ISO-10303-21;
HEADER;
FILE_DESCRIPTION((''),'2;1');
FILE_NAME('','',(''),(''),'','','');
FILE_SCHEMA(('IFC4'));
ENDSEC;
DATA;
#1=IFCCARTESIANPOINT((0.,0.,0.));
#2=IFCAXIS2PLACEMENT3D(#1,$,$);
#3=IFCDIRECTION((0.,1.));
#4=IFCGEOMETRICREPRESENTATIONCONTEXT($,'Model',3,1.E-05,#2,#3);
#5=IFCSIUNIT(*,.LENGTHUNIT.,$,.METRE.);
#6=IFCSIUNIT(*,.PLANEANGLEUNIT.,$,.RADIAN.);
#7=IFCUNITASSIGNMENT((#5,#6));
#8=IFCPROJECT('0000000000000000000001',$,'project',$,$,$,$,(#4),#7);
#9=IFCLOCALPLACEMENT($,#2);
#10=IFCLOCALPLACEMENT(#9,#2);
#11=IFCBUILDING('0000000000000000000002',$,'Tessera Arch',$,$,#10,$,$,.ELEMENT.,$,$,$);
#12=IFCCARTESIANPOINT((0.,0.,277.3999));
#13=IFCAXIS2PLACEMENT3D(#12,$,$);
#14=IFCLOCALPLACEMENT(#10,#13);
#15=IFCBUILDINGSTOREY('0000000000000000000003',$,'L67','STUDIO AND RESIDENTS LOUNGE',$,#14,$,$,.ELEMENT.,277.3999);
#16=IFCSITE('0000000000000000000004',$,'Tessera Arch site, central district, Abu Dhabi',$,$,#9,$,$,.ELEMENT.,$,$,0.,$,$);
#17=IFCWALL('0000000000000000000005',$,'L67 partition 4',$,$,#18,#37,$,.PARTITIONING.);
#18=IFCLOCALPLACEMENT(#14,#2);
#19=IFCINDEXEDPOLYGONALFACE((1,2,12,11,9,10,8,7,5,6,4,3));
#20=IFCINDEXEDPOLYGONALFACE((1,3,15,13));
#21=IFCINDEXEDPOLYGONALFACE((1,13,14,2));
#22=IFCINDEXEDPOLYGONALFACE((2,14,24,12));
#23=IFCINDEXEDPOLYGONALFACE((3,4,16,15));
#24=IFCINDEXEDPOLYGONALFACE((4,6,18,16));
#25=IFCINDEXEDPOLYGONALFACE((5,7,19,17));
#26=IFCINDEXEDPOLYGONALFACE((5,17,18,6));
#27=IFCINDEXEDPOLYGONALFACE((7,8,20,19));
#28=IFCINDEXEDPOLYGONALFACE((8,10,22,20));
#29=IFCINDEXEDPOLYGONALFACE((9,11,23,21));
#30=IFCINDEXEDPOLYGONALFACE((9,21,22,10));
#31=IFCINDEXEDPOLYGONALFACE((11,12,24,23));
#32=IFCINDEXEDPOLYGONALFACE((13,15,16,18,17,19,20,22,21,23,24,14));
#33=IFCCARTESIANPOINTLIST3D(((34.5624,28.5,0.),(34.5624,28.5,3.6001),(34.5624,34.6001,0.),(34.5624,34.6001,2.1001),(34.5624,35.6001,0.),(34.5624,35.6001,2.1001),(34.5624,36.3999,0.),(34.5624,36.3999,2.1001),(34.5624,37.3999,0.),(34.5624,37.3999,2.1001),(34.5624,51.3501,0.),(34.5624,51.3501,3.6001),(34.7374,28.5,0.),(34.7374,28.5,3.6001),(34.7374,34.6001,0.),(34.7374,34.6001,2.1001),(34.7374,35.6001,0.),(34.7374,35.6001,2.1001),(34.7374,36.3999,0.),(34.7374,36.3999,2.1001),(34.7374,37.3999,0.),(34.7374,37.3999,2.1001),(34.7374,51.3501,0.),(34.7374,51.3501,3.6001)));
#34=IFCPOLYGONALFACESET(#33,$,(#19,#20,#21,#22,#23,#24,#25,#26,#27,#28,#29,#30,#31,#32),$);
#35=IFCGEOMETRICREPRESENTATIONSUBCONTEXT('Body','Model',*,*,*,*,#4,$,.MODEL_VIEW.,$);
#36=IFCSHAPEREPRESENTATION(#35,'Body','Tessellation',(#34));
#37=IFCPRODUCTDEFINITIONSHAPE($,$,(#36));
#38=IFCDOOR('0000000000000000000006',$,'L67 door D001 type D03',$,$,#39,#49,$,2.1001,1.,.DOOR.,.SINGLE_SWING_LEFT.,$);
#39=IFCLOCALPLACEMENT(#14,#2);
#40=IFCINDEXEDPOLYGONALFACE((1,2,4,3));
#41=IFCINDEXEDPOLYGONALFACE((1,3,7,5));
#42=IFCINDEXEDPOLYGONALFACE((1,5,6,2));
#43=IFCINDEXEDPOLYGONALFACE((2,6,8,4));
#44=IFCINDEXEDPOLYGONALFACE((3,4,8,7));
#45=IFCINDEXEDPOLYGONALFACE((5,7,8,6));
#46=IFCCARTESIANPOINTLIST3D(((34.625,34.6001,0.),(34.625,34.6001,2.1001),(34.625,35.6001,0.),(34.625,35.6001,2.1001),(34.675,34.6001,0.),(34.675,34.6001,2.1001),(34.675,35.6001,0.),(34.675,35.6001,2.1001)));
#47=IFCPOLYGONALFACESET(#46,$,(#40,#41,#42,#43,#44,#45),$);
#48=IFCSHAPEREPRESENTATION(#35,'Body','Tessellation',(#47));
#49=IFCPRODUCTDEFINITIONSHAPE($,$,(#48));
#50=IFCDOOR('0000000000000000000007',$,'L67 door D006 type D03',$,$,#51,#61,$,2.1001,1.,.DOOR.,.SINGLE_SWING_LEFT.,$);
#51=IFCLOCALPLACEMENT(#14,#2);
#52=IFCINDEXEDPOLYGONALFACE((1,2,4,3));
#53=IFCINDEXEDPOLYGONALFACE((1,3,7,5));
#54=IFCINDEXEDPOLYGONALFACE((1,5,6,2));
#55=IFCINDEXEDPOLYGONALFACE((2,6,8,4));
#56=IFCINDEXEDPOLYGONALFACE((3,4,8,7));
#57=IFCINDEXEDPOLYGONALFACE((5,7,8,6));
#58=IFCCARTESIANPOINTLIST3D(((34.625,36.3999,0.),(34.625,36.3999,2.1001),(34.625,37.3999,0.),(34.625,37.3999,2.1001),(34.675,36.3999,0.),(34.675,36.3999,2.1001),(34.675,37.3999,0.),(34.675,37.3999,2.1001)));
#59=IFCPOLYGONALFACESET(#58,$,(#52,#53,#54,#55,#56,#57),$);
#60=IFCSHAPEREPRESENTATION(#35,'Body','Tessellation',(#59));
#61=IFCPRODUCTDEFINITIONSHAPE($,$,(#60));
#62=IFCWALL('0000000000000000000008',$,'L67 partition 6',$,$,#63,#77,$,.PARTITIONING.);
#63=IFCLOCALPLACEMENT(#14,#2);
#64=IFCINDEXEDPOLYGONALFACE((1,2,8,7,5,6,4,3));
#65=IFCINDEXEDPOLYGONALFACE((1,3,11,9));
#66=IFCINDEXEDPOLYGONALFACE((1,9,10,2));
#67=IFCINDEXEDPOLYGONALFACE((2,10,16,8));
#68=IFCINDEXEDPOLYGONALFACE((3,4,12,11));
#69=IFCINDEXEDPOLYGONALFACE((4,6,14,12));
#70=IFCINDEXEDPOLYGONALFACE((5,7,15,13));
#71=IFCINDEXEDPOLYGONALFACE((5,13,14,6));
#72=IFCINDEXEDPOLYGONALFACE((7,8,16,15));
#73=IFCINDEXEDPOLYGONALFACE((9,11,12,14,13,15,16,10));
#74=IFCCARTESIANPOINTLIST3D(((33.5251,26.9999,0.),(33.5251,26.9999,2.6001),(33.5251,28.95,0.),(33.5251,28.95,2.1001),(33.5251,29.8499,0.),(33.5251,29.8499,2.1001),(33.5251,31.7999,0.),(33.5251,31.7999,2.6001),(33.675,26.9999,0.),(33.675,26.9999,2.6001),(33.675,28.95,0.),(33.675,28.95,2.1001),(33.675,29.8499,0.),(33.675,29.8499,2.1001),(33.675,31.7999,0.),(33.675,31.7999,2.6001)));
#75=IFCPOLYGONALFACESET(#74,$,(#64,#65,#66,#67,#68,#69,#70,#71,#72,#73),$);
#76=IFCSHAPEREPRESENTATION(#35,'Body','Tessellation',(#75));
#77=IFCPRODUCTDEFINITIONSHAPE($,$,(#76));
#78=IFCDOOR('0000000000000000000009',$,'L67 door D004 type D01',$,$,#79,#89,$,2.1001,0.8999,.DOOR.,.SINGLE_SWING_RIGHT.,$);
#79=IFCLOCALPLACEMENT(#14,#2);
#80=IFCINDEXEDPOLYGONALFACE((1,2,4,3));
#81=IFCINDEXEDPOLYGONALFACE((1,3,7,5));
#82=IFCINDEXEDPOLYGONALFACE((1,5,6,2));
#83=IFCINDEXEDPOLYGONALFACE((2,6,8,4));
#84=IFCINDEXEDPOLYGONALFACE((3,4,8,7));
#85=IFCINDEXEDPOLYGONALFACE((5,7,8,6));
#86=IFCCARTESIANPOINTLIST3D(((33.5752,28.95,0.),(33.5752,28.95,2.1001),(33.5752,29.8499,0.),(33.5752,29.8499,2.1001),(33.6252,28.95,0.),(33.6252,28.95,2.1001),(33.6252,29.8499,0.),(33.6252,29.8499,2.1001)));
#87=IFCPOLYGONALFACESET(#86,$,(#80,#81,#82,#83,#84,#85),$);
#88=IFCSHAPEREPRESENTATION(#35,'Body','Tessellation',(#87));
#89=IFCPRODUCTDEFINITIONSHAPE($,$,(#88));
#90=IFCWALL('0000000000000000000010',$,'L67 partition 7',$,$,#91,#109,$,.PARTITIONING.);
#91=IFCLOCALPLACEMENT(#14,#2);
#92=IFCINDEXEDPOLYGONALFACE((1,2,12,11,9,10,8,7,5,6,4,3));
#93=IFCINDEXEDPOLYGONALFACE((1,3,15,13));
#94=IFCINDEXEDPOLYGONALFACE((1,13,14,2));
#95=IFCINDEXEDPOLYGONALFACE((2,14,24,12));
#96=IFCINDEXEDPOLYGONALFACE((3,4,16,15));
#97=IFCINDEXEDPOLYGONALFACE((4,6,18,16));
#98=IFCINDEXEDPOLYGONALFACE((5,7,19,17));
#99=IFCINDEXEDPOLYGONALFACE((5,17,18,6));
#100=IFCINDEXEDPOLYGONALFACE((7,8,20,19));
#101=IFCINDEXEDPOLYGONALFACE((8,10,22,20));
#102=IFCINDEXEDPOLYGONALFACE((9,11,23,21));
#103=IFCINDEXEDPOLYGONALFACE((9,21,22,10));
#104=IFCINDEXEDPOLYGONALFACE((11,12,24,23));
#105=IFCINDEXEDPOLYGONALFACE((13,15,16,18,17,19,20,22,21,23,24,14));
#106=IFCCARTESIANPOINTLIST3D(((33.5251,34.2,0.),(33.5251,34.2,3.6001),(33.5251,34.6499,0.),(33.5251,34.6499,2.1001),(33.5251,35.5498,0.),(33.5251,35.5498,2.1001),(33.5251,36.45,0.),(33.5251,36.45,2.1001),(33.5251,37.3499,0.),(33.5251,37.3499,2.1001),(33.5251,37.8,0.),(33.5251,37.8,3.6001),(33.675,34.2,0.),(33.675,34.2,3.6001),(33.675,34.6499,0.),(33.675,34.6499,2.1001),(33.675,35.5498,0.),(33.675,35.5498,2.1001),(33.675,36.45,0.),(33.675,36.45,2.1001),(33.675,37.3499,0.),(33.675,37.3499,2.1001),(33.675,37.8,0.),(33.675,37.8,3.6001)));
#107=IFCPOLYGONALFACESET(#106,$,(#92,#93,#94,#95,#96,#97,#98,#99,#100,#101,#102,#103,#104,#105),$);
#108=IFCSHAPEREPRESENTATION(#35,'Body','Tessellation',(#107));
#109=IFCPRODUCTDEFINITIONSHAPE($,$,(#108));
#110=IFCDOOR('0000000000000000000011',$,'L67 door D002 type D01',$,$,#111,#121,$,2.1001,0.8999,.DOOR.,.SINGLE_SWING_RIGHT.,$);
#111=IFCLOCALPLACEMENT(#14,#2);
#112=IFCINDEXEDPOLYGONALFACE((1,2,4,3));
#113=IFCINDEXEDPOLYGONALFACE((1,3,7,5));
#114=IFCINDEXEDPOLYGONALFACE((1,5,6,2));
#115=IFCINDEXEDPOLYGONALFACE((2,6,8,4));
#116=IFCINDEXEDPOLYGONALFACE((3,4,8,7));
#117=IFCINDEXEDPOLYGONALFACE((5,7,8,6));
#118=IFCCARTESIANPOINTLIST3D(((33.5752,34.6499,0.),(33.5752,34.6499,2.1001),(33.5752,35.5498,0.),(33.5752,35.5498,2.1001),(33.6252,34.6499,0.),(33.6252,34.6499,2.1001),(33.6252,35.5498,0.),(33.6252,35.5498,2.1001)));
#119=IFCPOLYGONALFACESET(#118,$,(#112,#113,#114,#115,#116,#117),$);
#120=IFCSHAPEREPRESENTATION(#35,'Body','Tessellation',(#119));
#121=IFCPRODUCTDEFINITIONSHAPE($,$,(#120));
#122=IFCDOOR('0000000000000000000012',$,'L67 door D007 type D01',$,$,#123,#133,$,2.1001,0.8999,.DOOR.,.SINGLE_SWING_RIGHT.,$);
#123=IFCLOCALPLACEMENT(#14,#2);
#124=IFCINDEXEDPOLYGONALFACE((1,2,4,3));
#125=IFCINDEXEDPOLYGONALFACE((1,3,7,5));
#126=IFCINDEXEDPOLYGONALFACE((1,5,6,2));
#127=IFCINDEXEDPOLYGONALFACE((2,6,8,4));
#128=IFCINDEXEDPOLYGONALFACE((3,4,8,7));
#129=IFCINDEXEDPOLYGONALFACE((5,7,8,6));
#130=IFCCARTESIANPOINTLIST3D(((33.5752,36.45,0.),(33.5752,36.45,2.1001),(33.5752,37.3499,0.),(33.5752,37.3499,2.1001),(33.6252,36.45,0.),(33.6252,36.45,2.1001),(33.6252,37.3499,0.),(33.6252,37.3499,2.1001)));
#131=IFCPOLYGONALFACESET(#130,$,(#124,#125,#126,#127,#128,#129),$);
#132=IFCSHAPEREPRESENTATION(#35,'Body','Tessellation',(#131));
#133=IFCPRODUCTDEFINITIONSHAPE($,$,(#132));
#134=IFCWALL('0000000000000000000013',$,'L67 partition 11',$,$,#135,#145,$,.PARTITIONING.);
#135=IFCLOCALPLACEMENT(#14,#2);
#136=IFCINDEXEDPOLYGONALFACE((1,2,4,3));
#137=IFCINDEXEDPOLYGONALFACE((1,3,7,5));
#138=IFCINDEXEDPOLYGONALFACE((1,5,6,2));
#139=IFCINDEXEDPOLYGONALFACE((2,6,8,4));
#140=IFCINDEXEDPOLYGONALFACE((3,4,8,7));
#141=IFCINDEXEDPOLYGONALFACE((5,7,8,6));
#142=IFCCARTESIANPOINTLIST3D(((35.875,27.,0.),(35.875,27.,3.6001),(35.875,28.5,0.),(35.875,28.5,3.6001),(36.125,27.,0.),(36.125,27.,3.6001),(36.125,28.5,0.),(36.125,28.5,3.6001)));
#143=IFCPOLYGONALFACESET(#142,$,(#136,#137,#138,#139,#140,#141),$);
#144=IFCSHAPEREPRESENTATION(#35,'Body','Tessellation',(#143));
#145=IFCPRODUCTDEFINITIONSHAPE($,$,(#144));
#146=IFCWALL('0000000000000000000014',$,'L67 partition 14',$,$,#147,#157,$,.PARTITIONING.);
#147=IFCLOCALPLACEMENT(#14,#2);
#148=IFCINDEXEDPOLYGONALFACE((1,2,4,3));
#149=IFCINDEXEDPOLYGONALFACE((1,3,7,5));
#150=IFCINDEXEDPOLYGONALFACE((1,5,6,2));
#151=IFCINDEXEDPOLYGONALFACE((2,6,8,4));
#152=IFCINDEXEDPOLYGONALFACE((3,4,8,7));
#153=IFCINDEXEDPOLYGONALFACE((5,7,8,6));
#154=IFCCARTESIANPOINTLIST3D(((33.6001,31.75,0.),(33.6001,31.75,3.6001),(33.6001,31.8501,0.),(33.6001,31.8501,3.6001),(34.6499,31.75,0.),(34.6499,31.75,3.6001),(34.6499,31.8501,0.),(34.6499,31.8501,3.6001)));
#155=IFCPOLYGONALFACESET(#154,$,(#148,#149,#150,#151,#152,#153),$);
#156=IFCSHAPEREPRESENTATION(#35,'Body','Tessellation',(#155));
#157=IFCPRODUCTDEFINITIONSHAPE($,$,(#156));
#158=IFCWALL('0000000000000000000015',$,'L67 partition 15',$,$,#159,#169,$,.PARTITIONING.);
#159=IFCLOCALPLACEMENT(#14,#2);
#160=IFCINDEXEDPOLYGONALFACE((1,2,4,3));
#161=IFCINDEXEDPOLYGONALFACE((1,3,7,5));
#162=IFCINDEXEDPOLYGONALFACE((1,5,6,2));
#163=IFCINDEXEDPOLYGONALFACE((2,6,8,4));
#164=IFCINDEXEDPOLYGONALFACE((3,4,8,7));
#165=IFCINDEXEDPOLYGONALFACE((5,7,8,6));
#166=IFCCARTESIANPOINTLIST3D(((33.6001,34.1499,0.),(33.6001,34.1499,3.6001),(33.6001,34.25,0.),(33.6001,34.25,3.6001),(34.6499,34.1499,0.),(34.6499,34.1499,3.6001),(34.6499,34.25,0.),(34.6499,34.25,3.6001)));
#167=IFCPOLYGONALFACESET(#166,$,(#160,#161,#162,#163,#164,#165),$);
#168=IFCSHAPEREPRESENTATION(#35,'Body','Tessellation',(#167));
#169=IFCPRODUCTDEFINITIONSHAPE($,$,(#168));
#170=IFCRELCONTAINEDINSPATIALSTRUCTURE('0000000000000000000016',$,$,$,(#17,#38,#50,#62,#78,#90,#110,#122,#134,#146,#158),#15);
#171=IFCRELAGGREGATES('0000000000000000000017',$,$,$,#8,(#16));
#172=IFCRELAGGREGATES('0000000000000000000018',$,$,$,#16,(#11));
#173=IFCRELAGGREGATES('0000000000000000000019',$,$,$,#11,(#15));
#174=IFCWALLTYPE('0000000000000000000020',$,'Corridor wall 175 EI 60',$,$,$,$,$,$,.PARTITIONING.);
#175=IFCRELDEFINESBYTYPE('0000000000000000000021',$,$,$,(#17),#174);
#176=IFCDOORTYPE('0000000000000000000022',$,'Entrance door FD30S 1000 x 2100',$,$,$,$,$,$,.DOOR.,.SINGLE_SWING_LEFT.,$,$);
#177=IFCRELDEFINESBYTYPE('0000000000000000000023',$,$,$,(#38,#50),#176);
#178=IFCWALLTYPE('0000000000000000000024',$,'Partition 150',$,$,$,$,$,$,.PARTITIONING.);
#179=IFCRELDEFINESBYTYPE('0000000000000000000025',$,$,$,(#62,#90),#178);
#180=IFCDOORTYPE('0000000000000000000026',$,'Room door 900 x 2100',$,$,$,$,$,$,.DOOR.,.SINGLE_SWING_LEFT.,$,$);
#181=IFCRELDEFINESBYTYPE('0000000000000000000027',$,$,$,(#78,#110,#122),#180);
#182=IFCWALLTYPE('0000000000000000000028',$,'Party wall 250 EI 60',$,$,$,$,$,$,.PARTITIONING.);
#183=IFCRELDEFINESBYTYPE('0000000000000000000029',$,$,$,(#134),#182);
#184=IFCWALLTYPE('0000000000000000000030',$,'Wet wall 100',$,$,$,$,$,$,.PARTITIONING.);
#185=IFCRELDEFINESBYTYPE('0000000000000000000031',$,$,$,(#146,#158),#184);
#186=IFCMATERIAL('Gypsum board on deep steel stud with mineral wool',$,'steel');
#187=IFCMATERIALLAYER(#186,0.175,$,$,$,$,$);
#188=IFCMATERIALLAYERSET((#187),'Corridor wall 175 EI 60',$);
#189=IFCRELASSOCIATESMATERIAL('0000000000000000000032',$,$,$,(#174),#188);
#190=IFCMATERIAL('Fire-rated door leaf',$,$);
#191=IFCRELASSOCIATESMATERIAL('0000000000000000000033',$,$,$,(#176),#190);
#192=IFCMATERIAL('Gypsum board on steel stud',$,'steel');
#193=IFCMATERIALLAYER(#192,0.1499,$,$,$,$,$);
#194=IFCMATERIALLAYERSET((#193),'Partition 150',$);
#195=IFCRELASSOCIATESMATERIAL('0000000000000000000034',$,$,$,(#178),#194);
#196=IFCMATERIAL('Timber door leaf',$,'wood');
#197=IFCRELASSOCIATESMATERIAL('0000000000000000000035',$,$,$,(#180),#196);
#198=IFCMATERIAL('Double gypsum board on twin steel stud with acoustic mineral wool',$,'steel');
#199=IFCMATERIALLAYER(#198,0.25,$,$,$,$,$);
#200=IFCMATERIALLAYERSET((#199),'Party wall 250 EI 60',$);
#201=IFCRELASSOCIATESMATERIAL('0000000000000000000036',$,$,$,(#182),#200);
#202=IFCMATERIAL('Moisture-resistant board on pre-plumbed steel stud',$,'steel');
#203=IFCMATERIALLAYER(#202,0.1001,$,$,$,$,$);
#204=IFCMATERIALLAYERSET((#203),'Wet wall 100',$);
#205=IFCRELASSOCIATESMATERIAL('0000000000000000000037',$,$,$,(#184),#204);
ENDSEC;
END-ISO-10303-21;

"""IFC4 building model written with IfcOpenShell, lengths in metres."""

from ifc_helpers import new_model, si_unit, direction, frame, frame_2d, origin, place, context, subcontext, project, spatial, rectangle, extrude, material, layer, layer_set, type_object, element, fill, save


model = new_model("IFC4")

# Units and contexts
model_context = context("Model", 3, precision=1e-05, world=origin(), true_north=direction((0.0, 1.0)))
body_context = subcontext(model_context, "Body", "Model", "MODEL_VIEW")
ifc_project = project(units=[si_unit("LENGTHUNIT", "METRE"), si_unit("PLANEANGLEUNIT", "RADIAN")], contexts=[model_context])

# Site, building, storey
site_placement = place(None, origin())
site = spatial("IfcSite", under=ifc_project, at=site_placement, Name="Tessera Arch site, central district, Abu Dhabi", CompositionType="ELEMENT", RefElevation=0.0)
building_placement = place(site_placement, origin())
building = spatial("IfcBuilding", under=site, at=building_placement, Name="Tessera Arch", CompositionType="ELEMENT")
storey_placement = place(building_placement, frame((0.0, 0.0, 277.3999)))
storey = spatial("IfcBuildingStorey", under=building, at=storey_placement, Name="L67", Description="STUDIO AND RESIDENTS LOUNGE", CompositionType="ELEMENT", Elevation=277.3999)

# Shared definitions
ifc_material_1 = material(Name="Gypsum board on deep steel stud with mineral wool", Category="steel")
ifc_layer_1 = layer(ifc_material_1, 0.175)
ifc_layer_set_1 = layer_set([ifc_layer_1], Name="Corridor wall 175 EI 60")
wall_type_1 = type_object("IfcWallType", Name="Corridor wall 175 EI 60", PredefinedType="PARTITIONING", material=ifc_layer_set_1)

# Wall, openings, doors
wall_1_placement = place(storey_placement, frame((34.6499, 28.5, 0.0), z_axis=(0.0, 0.0, 1.0), x_axis=(0.0, 1.0, 0.0)))
wall_1 = element("IfcWall", 1, at=wall_1_placement, inside=storey, type_object=wall_type_1, Name="L67 partition 4", PredefinedType="PARTITIONING", context=body_context, shape_type="SweptSolid", body=[
    extrude(rectangle(XDim=22.8501, YDim=0.175, at=frame_2d((11.425, 0.0))), origin(), (0.0, 0.0, 1.0), 3.6001),
])
opening_1_placement = place(wall_1_placement, frame((6.1001, 0.0, 0.0)))
opening_1 = element("IfcOpeningElement", 2, at=opening_1_placement, cuts=wall_1, PredefinedType="OPENING", context=body_context, shape_type="SweptSolid", body=[
    extrude(rectangle(XDim=1.0, YDim=2.1001, at=frame_2d((0.5, 1.05))), frame((0.0, 0.0974, 0.0), z_axis=(0.0, -1.0, 0.0), x_axis=(1.0, 0.0, 0.0)), (0.0, 0.0, 1.0), 0.1951),
])
opening_2_placement = place(wall_1_placement, frame((7.8999, 0.0, 0.0)))
opening_2 = element("IfcOpeningElement", 3, at=opening_2_placement, cuts=wall_1, PredefinedType="OPENING", context=body_context, shape_type="SweptSolid", body=[
    extrude(rectangle(XDim=1.0, YDim=2.1001, at=frame_2d((0.5, 1.05))), frame((0.0, 0.0974, 0.0), z_axis=(0.0, -1.0, 0.0), x_axis=(1.0, 0.0, 0.0)), (0.0, 0.0, 1.0), 0.1951),
])
ifc_material_2 = material(Name="Fire-rated door leaf")
door_type_1 = type_object("IfcDoorType", Name="Entrance door FD30S 1000 x 2100", OperationType="SINGLE_SWING_LEFT", PredefinedType="DOOR", material=ifc_material_2)
door_1_placement = place(opening_1_placement, origin())
door_1 = element("IfcDoor", 4, at=door_1_placement, inside=storey, type_object=door_type_1, Name="L67 door D001 type D03", OperationType="SINGLE_SWING_LEFT", OverallHeight=2.1001, OverallWidth=1.0, PredefinedType="DOOR", context=body_context, shape_type="SweptSolid", body=[
    extrude(rectangle(XDim=1.0, YDim=2.1001, at=frame_2d((0.5, 1.05))), frame((0.0, 0.0249, 0.0), z_axis=(0.0, -1.0, 0.0), x_axis=(1.0, 0.0, 0.0)), (0.0, 0.0, 1.0), 0.05),
])
fill(opening_1, door_1)
door_2_placement = place(opening_2_placement, origin())
door_2 = element("IfcDoor", 5, at=door_2_placement, inside=storey, type_object=door_type_1, Name="L67 door D006 type D03", OperationType="SINGLE_SWING_LEFT", OverallHeight=2.1001, OverallWidth=1.0, PredefinedType="DOOR", context=body_context, shape_type="SweptSolid", body=[
    extrude(rectangle(XDim=1.0, YDim=2.1001, at=frame_2d((0.5, 1.05))), frame((0.0, 0.0249, 0.0), z_axis=(0.0, -1.0, 0.0), x_axis=(1.0, 0.0, 0.0)), (0.0, 0.0, 1.0), 0.05),
])
fill(opening_2, door_2)

# Wall, opening, door
ifc_material_3 = material(Name="Gypsum board on steel stud", Category="steel")
ifc_layer_2 = layer(ifc_material_3, 0.1499)
ifc_layer_set_2 = layer_set([ifc_layer_2], Name="Partition 150")
wall_type_2 = type_object("IfcWallType", Name="Partition 150", PredefinedType="PARTITIONING", material=ifc_layer_set_2)
wall_2_placement = place(storey_placement, frame((33.6001, 27.0, 0.0), z_axis=(0.0, 0.0, 1.0), x_axis=(0.0, 1.0, 0.0)))
wall_2 = element("IfcWall", 6, at=wall_2_placement, inside=storey, type_object=wall_type_2, Name="L67 partition 6", PredefinedType="PARTITIONING", context=body_context, shape_type="SweptSolid", body=[
    extrude(rectangle(XDim=4.8, YDim=0.1499, at=frame_2d((2.3999, 0.0))), origin(), (0.0, 0.0, 1.0), 2.6001),
])
opening_3_placement = place(wall_2_placement, frame((1.95, 0.0, 0.0)))
opening_3 = element("IfcOpeningElement", 7, at=opening_3_placement, cuts=wall_2, PredefinedType="OPENING", context=body_context, shape_type="SweptSolid", body=[
    extrude(rectangle(XDim=0.8999, YDim=2.1001, at=frame_2d((0.45, 1.05))), frame((0.0, 0.085, 0.0), z_axis=(0.0, -1.0, 0.0), x_axis=(1.0, 0.0, 0.0)), (0.0, 0.0, 1.0), 0.1699),
])
ifc_material_4 = material(Name="Timber door leaf", Category="wood")
door_type_2 = type_object("IfcDoorType", Name="Room door 900 x 2100", OperationType="SINGLE_SWING_LEFT", PredefinedType="DOOR", material=ifc_material_4)
door_3_placement = place(opening_3_placement, origin())
door_3 = element("IfcDoor", 8, at=door_3_placement, inside=storey, type_object=door_type_2, Name="L67 door D004 type D01", OperationType="SINGLE_SWING_RIGHT", OverallHeight=2.1001, OverallWidth=0.8999, PredefinedType="DOOR", context=body_context, shape_type="SweptSolid", body=[
    extrude(rectangle(XDim=0.8999, YDim=2.1001, at=frame_2d((0.45, 1.05))), frame((0.0, 0.0249, 0.0), z_axis=(0.0, -1.0, 0.0), x_axis=(1.0, 0.0, 0.0)), (0.0, 0.0, 1.0), 0.05),
])
fill(opening_3, door_3)

# Wall, openings, doors
wall_3_placement = place(storey_placement, frame((33.6001, 34.2, 0.0), z_axis=(0.0, 0.0, 1.0), x_axis=(0.0, 1.0, 0.0)))
wall_3 = element("IfcWall", 9, at=wall_3_placement, inside=storey, type_object=wall_type_2, Name="L67 partition 7", PredefinedType="PARTITIONING", context=body_context, shape_type="SweptSolid", body=[
    extrude(rectangle(XDim=3.6001, YDim=0.1499, at=frame_2d((1.8, 0.0))), origin(), (0.0, 0.0, 1.0), 3.6001),
])
opening_4_placement = place(wall_3_placement, frame((0.45, 0.0, 0.0)))
opening_4 = element("IfcOpeningElement", 10, at=opening_4_placement, cuts=wall_3, PredefinedType="OPENING", context=body_context, shape_type="SweptSolid", body=[
    extrude(rectangle(XDim=0.8999, YDim=2.1001, at=frame_2d((0.45, 1.05))), frame((0.0, 0.085, 0.0), z_axis=(0.0, -1.0, 0.0), x_axis=(1.0, 0.0, 0.0)), (0.0, 0.0, 1.0), 0.1699),
])
opening_5_placement = place(wall_3_placement, frame((2.25, 0.0, 0.0)))
opening_5 = element("IfcOpeningElement", 11, at=opening_5_placement, cuts=wall_3, PredefinedType="OPENING", context=body_context, shape_type="SweptSolid", body=[
    extrude(rectangle(XDim=0.8999, YDim=2.1001, at=frame_2d((0.45, 1.05))), frame((0.0, 0.085, 0.0), z_axis=(0.0, -1.0, 0.0), x_axis=(1.0, 0.0, 0.0)), (0.0, 0.0, 1.0), 0.1699),
])
door_4_placement = place(opening_4_placement, origin())
door_4 = element("IfcDoor", 12, at=door_4_placement, inside=storey, type_object=door_type_2, Name="L67 door D002 type D01", OperationType="SINGLE_SWING_RIGHT", OverallHeight=2.1001, OverallWidth=0.8999, PredefinedType="DOOR", context=body_context, shape_type="SweptSolid", body=[
    extrude(rectangle(XDim=0.8999, YDim=2.1001, at=frame_2d((0.45, 1.05))), frame((0.0, 0.0249, 0.0), z_axis=(0.0, -1.0, 0.0), x_axis=(1.0, 0.0, 0.0)), (0.0, 0.0, 1.0), 0.05),
])
fill(opening_4, door_4)
door_5_placement = place(opening_5_placement, origin())
door_5 = element("IfcDoor", 13, at=door_5_placement, inside=storey, type_object=door_type_2, Name="L67 door D007 type D01", OperationType="SINGLE_SWING_RIGHT", OverallHeight=2.1001, OverallWidth=0.8999, PredefinedType="DOOR", context=body_context, shape_type="SweptSolid", body=[
    extrude(rectangle(XDim=0.8999, YDim=2.1001, at=frame_2d((0.45, 1.05))), frame((0.0, 0.0249, 0.0), z_axis=(0.0, -1.0, 0.0), x_axis=(1.0, 0.0, 0.0)), (0.0, 0.0, 1.0), 0.05),
])
fill(opening_5, door_5)

# Walls
ifc_material_5 = material(Name="Double gypsum board on twin steel stud with acoustic mineral wool", Category="steel")
ifc_layer_3 = layer(ifc_material_5, 0.25)
ifc_layer_set_3 = layer_set([ifc_layer_3], Name="Party wall 250 EI 60")
wall_type_3 = type_object("IfcWallType", Name="Party wall 250 EI 60", PredefinedType="PARTITIONING", material=ifc_layer_set_3)
wall_4_placement = place(storey_placement, frame((36.0, 27.0, 0.0), z_axis=(0.0, 0.0, 1.0), x_axis=(0.0, 1.0, 0.0)))
element("IfcWall", 14, at=wall_4_placement, inside=storey, type_object=wall_type_3, Name="L67 partition 11", PredefinedType="PARTITIONING", context=body_context, shape_type="SweptSolid", body=[
    extrude(rectangle(XDim=1.5, YDim=0.25, at=frame_2d((0.75, 0.0))), origin(), (0.0, 0.0, 1.0), 3.6001),
])
ifc_material_6 = material(Name="Moisture-resistant board on pre-plumbed steel stud", Category="steel")
ifc_layer_4 = layer(ifc_material_6, 0.1001)
ifc_layer_set_4 = layer_set([ifc_layer_4], Name="Wet wall 100")
wall_type_4 = type_object("IfcWallType", Name="Wet wall 100", PredefinedType="PARTITIONING", material=ifc_layer_set_4)
for number, where, z_axis, x_axis, name in (
    (15, (33.6001, 31.8, 0.0), (0.0, 0.0, 1.0), (1.0, 0.0, 0.0), "L67 partition 14"),
    (16, (33.6001, 34.2, 0.0), (0.0, 0.0, 1.0), (1.0, 0.0, 0.0), "L67 partition 15"),
):
    element("IfcWall", number, at=place(storey_placement, frame(where, z_axis=z_axis, x_axis=x_axis)), inside=storey, type_object=wall_type_4, Name=name, PredefinedType="PARTITIONING", context=body_context, shape_type="SweptSolid", body=[
        extrude(rectangle(XDim=1.0498, YDim=0.1001, at=frame_2d((0.5249, 0.0))), origin(), (0.0, 0.0, 1.0), 3.6001),
    ])

save(model, "model.ifc")
